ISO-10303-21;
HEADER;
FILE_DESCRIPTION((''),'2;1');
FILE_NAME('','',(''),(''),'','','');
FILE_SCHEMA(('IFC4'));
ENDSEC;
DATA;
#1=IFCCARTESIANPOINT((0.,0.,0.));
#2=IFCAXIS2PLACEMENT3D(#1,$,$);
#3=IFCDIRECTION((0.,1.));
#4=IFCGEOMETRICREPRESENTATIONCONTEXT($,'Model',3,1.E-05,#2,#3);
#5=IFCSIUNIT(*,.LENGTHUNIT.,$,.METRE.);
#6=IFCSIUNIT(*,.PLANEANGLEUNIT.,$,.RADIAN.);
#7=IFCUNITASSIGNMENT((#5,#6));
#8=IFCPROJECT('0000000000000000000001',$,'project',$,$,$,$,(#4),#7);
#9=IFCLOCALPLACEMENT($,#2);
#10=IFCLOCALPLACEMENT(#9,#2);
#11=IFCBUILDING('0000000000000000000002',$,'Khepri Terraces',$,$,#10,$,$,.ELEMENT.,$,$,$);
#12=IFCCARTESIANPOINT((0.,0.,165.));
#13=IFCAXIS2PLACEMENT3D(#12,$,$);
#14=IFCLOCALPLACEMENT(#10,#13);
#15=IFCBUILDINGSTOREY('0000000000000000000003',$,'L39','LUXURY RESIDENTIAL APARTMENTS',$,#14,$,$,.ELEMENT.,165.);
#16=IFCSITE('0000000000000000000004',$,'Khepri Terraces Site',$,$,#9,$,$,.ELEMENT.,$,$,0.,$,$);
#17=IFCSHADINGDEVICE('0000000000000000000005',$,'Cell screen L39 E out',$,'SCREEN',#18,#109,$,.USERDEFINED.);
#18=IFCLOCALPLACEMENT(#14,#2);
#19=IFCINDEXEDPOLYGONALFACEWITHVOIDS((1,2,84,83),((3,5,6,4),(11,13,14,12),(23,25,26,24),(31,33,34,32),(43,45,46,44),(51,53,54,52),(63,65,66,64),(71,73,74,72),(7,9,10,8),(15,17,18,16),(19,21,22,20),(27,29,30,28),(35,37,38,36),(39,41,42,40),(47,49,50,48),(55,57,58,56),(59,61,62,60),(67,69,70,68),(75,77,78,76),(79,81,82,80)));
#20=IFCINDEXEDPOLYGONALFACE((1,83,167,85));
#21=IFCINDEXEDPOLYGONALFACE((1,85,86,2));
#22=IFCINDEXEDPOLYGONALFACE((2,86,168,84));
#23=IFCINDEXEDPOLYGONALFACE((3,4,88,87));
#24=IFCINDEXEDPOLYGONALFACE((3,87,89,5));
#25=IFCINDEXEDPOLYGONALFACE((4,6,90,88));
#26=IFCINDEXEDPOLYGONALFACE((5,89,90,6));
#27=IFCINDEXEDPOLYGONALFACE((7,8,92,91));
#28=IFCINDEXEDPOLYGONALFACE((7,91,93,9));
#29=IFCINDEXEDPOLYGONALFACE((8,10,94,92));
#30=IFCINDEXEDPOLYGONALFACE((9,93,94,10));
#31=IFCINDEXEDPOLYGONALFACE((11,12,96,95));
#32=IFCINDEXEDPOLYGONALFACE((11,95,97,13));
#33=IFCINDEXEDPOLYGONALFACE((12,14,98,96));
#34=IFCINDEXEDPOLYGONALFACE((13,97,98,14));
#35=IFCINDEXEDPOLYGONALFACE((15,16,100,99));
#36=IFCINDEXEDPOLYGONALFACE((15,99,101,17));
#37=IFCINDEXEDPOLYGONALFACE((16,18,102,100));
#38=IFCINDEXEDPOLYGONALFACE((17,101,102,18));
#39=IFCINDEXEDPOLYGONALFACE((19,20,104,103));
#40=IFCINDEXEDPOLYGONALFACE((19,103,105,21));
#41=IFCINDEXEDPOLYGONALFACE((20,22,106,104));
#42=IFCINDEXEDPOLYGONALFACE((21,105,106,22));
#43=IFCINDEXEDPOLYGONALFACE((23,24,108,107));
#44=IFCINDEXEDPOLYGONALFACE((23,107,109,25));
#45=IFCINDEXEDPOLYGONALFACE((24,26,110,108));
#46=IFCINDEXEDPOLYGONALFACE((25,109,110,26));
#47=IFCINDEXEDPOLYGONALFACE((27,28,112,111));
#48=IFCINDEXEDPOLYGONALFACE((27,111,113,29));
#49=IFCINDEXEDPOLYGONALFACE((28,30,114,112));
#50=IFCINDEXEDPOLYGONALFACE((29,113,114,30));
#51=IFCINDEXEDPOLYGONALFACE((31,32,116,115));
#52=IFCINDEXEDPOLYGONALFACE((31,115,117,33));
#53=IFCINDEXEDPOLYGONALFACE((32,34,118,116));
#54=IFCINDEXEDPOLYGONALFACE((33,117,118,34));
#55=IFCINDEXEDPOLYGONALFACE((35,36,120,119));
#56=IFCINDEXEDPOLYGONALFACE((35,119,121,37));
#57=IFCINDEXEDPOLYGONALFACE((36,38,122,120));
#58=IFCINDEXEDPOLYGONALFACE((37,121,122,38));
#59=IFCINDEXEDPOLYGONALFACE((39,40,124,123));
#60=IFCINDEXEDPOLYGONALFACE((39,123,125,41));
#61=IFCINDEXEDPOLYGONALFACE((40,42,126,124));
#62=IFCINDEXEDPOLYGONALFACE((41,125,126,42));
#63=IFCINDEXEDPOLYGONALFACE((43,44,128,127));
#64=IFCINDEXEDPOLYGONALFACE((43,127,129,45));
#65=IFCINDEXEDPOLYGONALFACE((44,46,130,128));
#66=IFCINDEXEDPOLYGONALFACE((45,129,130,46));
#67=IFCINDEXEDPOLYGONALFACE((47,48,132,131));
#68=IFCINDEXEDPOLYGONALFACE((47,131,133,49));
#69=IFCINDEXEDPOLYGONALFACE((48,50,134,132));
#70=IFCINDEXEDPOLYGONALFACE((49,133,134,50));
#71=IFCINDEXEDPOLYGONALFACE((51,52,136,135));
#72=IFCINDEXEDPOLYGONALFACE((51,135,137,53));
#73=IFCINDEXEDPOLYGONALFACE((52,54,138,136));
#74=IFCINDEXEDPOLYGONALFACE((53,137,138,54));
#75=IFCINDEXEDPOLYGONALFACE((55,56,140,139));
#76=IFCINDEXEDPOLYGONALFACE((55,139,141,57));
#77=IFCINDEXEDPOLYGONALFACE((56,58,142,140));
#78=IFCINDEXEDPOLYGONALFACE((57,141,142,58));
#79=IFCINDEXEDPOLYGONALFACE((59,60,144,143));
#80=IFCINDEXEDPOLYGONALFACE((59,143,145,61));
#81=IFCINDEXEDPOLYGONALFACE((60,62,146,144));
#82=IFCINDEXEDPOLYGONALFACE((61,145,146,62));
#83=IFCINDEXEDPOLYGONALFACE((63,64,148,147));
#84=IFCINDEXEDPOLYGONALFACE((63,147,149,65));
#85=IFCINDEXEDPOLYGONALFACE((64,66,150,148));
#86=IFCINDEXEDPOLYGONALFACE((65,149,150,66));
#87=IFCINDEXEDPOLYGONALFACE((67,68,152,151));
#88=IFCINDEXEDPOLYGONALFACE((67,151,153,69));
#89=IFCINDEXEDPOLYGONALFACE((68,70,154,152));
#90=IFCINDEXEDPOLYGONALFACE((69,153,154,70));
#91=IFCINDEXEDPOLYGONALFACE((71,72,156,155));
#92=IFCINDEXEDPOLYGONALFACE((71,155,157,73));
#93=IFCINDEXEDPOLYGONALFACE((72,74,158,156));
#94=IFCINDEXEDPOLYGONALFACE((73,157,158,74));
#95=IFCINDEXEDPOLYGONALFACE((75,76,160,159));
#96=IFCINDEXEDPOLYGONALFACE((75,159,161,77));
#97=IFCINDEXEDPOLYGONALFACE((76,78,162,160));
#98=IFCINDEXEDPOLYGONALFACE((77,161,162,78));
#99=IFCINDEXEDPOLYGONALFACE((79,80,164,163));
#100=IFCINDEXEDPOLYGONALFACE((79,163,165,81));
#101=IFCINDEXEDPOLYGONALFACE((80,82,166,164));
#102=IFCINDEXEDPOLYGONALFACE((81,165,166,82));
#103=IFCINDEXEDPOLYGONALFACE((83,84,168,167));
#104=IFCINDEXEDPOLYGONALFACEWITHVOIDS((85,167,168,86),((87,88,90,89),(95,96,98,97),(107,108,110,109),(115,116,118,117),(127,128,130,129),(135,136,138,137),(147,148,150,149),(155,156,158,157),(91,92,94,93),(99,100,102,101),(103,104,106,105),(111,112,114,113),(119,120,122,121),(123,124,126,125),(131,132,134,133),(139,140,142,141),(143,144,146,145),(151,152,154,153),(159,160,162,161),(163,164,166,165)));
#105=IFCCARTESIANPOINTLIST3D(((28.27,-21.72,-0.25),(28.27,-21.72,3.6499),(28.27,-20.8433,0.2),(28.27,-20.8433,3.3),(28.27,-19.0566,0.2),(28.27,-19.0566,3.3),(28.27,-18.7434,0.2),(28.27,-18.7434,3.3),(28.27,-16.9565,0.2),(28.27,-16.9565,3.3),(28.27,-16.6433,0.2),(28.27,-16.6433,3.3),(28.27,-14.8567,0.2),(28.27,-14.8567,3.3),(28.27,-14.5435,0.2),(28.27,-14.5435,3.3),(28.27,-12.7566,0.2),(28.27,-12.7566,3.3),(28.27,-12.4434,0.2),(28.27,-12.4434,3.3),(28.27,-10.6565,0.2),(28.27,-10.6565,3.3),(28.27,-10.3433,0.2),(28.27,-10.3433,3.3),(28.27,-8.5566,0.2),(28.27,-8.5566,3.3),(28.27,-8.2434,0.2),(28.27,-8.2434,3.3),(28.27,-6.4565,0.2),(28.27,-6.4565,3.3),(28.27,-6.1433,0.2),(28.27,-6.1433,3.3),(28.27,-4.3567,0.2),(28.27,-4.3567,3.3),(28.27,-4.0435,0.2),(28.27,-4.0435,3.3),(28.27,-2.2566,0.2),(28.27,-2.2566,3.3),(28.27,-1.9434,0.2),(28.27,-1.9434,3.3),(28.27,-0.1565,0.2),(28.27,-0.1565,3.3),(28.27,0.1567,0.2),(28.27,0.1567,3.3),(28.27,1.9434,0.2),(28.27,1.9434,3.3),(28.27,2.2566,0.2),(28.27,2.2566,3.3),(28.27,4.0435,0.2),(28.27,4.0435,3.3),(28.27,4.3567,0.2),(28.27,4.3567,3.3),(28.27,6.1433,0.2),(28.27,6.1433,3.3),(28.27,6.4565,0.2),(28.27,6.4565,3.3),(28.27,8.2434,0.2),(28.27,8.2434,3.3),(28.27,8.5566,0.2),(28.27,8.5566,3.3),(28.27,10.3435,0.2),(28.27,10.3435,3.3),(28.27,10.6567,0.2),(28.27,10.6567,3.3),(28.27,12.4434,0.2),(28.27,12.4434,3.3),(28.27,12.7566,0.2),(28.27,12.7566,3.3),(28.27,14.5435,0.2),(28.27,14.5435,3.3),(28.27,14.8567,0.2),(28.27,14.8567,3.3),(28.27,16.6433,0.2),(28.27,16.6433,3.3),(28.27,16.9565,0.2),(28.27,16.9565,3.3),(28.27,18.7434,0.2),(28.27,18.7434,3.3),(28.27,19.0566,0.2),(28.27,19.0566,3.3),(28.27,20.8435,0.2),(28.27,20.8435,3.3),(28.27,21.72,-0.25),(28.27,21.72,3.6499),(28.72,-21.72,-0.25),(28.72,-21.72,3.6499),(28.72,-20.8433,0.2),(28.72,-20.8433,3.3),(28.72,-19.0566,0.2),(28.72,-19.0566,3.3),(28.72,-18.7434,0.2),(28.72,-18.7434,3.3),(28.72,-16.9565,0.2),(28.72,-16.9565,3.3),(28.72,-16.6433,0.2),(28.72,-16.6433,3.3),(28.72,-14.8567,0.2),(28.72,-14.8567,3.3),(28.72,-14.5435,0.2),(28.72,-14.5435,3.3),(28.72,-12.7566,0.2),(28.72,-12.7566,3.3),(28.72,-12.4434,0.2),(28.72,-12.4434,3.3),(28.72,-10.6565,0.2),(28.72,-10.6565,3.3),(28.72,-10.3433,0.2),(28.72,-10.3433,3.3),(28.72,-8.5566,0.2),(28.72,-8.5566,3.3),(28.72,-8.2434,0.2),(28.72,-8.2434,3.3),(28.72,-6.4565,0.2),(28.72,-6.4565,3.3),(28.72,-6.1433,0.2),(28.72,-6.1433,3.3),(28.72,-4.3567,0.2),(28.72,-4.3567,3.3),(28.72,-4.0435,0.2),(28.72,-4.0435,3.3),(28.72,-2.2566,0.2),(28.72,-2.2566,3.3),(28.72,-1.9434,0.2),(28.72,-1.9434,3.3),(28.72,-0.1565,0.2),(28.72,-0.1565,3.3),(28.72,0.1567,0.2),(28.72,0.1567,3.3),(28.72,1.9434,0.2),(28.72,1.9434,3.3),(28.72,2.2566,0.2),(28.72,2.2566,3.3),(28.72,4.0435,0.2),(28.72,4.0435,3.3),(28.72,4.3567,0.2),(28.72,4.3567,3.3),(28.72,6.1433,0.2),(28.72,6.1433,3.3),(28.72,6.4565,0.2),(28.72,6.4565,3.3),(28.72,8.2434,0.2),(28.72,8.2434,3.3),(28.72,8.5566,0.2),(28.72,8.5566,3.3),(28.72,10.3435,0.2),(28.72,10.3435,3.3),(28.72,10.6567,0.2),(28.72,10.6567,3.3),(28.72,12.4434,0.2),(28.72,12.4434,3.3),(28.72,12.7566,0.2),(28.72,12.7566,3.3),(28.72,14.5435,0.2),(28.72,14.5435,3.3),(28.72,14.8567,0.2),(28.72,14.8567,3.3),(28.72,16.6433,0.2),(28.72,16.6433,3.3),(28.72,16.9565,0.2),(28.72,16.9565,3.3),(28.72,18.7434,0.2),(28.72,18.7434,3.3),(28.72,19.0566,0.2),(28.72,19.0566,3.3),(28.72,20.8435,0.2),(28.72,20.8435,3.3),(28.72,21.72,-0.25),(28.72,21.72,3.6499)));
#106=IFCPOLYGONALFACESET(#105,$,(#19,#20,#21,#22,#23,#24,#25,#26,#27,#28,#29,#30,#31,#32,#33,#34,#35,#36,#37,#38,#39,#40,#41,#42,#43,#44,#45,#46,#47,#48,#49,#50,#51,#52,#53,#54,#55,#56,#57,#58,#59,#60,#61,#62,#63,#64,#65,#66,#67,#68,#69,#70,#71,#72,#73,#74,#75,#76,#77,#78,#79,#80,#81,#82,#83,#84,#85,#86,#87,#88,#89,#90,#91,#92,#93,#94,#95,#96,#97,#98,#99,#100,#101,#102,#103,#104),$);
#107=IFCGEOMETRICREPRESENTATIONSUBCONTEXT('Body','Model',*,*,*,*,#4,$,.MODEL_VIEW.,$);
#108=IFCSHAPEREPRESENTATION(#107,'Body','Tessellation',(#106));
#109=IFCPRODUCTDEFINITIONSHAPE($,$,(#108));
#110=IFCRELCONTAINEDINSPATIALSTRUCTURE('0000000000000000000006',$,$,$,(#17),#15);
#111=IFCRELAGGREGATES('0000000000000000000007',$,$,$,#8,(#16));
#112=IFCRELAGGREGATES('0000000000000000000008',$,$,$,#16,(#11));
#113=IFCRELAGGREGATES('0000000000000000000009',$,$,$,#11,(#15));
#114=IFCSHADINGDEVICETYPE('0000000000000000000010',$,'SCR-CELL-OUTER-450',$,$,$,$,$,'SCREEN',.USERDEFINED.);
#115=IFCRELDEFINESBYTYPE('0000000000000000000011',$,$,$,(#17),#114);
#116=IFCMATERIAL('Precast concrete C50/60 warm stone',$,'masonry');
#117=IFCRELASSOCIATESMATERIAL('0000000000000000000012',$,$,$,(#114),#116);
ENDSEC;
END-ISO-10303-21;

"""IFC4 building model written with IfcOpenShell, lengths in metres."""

from ifc_helpers import new_model, si_unit, direction, frame, origin, place, context, subcontext, project, spatial, polyline, outline, extrude, material, type_object, element, save


model = new_model("IFC4")

# Units and contexts
model_context = context("Model", 3, precision=1e-05, world=origin(), true_north=direction((0.0, 1.0)))
body_context = subcontext(model_context, "Body", "Model", "MODEL_VIEW")
ifc_project = project(units=[si_unit("LENGTHUNIT", "METRE"), si_unit("PLANEANGLEUNIT", "RADIAN")], contexts=[model_context])

# Site, building, storey
site_placement = place(None, origin())
site = spatial("IfcSite", under=ifc_project, at=site_placement, Name="Khepri Terraces Site", CompositionType="ELEMENT", RefElevation=0.0)
building_placement = place(site_placement, origin())
building = spatial("IfcBuilding", under=site, at=building_placement, Name="Khepri Terraces", CompositionType="ELEMENT")
storey_placement = place(building_placement, frame((0.0, 0.0, 165.0)))
storey = spatial("IfcBuildingStorey", under=building, at=storey_placement, Name="L39", Description="LUXURY RESIDENTIAL APARTMENTS", CompositionType="ELEMENT", Elevation=165.0)

# Shared definitions
ifc_material_1 = material(Name="Precast concrete C50/60 warm stone", Category="masonry")

# Shading device
shading_device_type_1 = type_object("IfcShadingDeviceType", Name="SCR-CELL-OUTER-450", ElementType="SCREEN", PredefinedType="USERDEFINED", material=ifc_material_1)
shading_device_1_placement = place(storey_placement, frame((28.27, -21.72, -0.25), z_axis=(1.0, 0.0, 0.0), x_axis=(0.0, 1.0, 0.0)))
element("IfcShadingDevice", 1, at=shading_device_1_placement, inside=storey, type_object=shading_device_type_1, Name="Cell screen L39 E out", ObjectType="SCREEN", PredefinedType="USERDEFINED", context=body_context, shape_type="SweptSolid", body=[
    extrude(outline(polyline([(0.0, 0.0), (43.4399, 0.0), (43.4399, 3.8999), (0.0, 3.8999), (0.0, 0.0)]), holes=[polyline([(0.8767, 0.45), (2.6633, 0.45), (2.6633, 3.55), (0.8767, 3.55), (0.8767, 0.45)]), polyline([(2.9766, 0.45), (4.7634, 0.45), (4.7634, 3.55), (2.9766, 3.55), (2.9766, 0.45)]), polyline([(5.0767, 0.45), (6.8633, 0.45), (6.8633, 3.55), (5.0767, 3.55), (5.0767, 0.45)]), polyline([(7.1765, 0.45), (8.9634, 0.45), (8.9634, 3.55), (7.1765, 3.55), (7.1765, 0.45)]), polyline([(9.2766, 0.45), (11.0635, 0.45), (11.0635, 3.55), (9.2766, 3.55), (9.2766, 0.45)]), polyline([(11.3767, 0.45), (13.1633, 0.45), (13.1633, 3.55), (11.3767, 3.55), (11.3767, 0.45)]), polyline([(13.4766, 0.45), (15.2634, 0.45), (15.2634, 3.55), (13.4766, 3.55), (13.4766, 0.45)]), polyline([(15.5767, 0.45), (17.3633, 0.45), (17.3633, 3.55), (15.5767, 3.55), (15.5767, 0.45)]), polyline([(17.6765, 0.45), (19.4634, 0.45), (19.4634, 3.55), (17.6765, 3.55), (17.6765, 0.45)]), polyline([(19.7766, 0.45), (21.5635, 0.45), (21.5635, 3.55), (19.7766, 3.55), (19.7766, 0.45)]), polyline([(21.8767, 0.45), (23.6633, 0.45), (23.6633, 3.55), (21.8767, 3.55), (21.8767, 0.45)]), polyline([(23.9766, 0.45), (25.7634, 0.45), (25.7634, 3.55), (23.9766, 3.55), (23.9766, 0.45)]), polyline([(26.0767, 0.45), (27.8633, 0.45), (27.8633, 3.55), (26.0767, 3.55), (26.0767, 0.45)]), polyline([(28.1765, 0.45), (29.9634, 0.45), (29.9634, 3.55), (28.1765, 3.55), (28.1765, 0.45)]), polyline([(30.2766, 0.45), (32.0635, 0.45), (32.0635, 3.55), (30.2766, 3.55), (30.2766, 0.45)]), polyline([(32.3767, 0.45), (34.1633, 0.45), (34.1633, 3.55), (32.3767, 3.55), (32.3767, 0.45)]), polyline([(34.4766, 0.45), (36.2634, 0.45), (36.2634, 3.55), (34.4766, 3.55), (34.4766, 0.45)]), polyline([(36.5767, 0.45), (38.3633, 0.45), (38.3633, 3.55), (36.5767, 3.55), (36.5767, 0.45)]), polyline([(38.6765, 0.45), (40.4634, 0.45), (40.4634, 3.55), (38.6765, 3.55), (38.6765, 0.45)]), polyline([(40.7766, 0.45), (42.5635, 0.45), (42.5635, 3.55), (40.7766, 3.55), (40.7766, 0.45)])]), origin(), (0.0, 0.0, 1.0), 0.45),
])

save(model, "model.ifc")
